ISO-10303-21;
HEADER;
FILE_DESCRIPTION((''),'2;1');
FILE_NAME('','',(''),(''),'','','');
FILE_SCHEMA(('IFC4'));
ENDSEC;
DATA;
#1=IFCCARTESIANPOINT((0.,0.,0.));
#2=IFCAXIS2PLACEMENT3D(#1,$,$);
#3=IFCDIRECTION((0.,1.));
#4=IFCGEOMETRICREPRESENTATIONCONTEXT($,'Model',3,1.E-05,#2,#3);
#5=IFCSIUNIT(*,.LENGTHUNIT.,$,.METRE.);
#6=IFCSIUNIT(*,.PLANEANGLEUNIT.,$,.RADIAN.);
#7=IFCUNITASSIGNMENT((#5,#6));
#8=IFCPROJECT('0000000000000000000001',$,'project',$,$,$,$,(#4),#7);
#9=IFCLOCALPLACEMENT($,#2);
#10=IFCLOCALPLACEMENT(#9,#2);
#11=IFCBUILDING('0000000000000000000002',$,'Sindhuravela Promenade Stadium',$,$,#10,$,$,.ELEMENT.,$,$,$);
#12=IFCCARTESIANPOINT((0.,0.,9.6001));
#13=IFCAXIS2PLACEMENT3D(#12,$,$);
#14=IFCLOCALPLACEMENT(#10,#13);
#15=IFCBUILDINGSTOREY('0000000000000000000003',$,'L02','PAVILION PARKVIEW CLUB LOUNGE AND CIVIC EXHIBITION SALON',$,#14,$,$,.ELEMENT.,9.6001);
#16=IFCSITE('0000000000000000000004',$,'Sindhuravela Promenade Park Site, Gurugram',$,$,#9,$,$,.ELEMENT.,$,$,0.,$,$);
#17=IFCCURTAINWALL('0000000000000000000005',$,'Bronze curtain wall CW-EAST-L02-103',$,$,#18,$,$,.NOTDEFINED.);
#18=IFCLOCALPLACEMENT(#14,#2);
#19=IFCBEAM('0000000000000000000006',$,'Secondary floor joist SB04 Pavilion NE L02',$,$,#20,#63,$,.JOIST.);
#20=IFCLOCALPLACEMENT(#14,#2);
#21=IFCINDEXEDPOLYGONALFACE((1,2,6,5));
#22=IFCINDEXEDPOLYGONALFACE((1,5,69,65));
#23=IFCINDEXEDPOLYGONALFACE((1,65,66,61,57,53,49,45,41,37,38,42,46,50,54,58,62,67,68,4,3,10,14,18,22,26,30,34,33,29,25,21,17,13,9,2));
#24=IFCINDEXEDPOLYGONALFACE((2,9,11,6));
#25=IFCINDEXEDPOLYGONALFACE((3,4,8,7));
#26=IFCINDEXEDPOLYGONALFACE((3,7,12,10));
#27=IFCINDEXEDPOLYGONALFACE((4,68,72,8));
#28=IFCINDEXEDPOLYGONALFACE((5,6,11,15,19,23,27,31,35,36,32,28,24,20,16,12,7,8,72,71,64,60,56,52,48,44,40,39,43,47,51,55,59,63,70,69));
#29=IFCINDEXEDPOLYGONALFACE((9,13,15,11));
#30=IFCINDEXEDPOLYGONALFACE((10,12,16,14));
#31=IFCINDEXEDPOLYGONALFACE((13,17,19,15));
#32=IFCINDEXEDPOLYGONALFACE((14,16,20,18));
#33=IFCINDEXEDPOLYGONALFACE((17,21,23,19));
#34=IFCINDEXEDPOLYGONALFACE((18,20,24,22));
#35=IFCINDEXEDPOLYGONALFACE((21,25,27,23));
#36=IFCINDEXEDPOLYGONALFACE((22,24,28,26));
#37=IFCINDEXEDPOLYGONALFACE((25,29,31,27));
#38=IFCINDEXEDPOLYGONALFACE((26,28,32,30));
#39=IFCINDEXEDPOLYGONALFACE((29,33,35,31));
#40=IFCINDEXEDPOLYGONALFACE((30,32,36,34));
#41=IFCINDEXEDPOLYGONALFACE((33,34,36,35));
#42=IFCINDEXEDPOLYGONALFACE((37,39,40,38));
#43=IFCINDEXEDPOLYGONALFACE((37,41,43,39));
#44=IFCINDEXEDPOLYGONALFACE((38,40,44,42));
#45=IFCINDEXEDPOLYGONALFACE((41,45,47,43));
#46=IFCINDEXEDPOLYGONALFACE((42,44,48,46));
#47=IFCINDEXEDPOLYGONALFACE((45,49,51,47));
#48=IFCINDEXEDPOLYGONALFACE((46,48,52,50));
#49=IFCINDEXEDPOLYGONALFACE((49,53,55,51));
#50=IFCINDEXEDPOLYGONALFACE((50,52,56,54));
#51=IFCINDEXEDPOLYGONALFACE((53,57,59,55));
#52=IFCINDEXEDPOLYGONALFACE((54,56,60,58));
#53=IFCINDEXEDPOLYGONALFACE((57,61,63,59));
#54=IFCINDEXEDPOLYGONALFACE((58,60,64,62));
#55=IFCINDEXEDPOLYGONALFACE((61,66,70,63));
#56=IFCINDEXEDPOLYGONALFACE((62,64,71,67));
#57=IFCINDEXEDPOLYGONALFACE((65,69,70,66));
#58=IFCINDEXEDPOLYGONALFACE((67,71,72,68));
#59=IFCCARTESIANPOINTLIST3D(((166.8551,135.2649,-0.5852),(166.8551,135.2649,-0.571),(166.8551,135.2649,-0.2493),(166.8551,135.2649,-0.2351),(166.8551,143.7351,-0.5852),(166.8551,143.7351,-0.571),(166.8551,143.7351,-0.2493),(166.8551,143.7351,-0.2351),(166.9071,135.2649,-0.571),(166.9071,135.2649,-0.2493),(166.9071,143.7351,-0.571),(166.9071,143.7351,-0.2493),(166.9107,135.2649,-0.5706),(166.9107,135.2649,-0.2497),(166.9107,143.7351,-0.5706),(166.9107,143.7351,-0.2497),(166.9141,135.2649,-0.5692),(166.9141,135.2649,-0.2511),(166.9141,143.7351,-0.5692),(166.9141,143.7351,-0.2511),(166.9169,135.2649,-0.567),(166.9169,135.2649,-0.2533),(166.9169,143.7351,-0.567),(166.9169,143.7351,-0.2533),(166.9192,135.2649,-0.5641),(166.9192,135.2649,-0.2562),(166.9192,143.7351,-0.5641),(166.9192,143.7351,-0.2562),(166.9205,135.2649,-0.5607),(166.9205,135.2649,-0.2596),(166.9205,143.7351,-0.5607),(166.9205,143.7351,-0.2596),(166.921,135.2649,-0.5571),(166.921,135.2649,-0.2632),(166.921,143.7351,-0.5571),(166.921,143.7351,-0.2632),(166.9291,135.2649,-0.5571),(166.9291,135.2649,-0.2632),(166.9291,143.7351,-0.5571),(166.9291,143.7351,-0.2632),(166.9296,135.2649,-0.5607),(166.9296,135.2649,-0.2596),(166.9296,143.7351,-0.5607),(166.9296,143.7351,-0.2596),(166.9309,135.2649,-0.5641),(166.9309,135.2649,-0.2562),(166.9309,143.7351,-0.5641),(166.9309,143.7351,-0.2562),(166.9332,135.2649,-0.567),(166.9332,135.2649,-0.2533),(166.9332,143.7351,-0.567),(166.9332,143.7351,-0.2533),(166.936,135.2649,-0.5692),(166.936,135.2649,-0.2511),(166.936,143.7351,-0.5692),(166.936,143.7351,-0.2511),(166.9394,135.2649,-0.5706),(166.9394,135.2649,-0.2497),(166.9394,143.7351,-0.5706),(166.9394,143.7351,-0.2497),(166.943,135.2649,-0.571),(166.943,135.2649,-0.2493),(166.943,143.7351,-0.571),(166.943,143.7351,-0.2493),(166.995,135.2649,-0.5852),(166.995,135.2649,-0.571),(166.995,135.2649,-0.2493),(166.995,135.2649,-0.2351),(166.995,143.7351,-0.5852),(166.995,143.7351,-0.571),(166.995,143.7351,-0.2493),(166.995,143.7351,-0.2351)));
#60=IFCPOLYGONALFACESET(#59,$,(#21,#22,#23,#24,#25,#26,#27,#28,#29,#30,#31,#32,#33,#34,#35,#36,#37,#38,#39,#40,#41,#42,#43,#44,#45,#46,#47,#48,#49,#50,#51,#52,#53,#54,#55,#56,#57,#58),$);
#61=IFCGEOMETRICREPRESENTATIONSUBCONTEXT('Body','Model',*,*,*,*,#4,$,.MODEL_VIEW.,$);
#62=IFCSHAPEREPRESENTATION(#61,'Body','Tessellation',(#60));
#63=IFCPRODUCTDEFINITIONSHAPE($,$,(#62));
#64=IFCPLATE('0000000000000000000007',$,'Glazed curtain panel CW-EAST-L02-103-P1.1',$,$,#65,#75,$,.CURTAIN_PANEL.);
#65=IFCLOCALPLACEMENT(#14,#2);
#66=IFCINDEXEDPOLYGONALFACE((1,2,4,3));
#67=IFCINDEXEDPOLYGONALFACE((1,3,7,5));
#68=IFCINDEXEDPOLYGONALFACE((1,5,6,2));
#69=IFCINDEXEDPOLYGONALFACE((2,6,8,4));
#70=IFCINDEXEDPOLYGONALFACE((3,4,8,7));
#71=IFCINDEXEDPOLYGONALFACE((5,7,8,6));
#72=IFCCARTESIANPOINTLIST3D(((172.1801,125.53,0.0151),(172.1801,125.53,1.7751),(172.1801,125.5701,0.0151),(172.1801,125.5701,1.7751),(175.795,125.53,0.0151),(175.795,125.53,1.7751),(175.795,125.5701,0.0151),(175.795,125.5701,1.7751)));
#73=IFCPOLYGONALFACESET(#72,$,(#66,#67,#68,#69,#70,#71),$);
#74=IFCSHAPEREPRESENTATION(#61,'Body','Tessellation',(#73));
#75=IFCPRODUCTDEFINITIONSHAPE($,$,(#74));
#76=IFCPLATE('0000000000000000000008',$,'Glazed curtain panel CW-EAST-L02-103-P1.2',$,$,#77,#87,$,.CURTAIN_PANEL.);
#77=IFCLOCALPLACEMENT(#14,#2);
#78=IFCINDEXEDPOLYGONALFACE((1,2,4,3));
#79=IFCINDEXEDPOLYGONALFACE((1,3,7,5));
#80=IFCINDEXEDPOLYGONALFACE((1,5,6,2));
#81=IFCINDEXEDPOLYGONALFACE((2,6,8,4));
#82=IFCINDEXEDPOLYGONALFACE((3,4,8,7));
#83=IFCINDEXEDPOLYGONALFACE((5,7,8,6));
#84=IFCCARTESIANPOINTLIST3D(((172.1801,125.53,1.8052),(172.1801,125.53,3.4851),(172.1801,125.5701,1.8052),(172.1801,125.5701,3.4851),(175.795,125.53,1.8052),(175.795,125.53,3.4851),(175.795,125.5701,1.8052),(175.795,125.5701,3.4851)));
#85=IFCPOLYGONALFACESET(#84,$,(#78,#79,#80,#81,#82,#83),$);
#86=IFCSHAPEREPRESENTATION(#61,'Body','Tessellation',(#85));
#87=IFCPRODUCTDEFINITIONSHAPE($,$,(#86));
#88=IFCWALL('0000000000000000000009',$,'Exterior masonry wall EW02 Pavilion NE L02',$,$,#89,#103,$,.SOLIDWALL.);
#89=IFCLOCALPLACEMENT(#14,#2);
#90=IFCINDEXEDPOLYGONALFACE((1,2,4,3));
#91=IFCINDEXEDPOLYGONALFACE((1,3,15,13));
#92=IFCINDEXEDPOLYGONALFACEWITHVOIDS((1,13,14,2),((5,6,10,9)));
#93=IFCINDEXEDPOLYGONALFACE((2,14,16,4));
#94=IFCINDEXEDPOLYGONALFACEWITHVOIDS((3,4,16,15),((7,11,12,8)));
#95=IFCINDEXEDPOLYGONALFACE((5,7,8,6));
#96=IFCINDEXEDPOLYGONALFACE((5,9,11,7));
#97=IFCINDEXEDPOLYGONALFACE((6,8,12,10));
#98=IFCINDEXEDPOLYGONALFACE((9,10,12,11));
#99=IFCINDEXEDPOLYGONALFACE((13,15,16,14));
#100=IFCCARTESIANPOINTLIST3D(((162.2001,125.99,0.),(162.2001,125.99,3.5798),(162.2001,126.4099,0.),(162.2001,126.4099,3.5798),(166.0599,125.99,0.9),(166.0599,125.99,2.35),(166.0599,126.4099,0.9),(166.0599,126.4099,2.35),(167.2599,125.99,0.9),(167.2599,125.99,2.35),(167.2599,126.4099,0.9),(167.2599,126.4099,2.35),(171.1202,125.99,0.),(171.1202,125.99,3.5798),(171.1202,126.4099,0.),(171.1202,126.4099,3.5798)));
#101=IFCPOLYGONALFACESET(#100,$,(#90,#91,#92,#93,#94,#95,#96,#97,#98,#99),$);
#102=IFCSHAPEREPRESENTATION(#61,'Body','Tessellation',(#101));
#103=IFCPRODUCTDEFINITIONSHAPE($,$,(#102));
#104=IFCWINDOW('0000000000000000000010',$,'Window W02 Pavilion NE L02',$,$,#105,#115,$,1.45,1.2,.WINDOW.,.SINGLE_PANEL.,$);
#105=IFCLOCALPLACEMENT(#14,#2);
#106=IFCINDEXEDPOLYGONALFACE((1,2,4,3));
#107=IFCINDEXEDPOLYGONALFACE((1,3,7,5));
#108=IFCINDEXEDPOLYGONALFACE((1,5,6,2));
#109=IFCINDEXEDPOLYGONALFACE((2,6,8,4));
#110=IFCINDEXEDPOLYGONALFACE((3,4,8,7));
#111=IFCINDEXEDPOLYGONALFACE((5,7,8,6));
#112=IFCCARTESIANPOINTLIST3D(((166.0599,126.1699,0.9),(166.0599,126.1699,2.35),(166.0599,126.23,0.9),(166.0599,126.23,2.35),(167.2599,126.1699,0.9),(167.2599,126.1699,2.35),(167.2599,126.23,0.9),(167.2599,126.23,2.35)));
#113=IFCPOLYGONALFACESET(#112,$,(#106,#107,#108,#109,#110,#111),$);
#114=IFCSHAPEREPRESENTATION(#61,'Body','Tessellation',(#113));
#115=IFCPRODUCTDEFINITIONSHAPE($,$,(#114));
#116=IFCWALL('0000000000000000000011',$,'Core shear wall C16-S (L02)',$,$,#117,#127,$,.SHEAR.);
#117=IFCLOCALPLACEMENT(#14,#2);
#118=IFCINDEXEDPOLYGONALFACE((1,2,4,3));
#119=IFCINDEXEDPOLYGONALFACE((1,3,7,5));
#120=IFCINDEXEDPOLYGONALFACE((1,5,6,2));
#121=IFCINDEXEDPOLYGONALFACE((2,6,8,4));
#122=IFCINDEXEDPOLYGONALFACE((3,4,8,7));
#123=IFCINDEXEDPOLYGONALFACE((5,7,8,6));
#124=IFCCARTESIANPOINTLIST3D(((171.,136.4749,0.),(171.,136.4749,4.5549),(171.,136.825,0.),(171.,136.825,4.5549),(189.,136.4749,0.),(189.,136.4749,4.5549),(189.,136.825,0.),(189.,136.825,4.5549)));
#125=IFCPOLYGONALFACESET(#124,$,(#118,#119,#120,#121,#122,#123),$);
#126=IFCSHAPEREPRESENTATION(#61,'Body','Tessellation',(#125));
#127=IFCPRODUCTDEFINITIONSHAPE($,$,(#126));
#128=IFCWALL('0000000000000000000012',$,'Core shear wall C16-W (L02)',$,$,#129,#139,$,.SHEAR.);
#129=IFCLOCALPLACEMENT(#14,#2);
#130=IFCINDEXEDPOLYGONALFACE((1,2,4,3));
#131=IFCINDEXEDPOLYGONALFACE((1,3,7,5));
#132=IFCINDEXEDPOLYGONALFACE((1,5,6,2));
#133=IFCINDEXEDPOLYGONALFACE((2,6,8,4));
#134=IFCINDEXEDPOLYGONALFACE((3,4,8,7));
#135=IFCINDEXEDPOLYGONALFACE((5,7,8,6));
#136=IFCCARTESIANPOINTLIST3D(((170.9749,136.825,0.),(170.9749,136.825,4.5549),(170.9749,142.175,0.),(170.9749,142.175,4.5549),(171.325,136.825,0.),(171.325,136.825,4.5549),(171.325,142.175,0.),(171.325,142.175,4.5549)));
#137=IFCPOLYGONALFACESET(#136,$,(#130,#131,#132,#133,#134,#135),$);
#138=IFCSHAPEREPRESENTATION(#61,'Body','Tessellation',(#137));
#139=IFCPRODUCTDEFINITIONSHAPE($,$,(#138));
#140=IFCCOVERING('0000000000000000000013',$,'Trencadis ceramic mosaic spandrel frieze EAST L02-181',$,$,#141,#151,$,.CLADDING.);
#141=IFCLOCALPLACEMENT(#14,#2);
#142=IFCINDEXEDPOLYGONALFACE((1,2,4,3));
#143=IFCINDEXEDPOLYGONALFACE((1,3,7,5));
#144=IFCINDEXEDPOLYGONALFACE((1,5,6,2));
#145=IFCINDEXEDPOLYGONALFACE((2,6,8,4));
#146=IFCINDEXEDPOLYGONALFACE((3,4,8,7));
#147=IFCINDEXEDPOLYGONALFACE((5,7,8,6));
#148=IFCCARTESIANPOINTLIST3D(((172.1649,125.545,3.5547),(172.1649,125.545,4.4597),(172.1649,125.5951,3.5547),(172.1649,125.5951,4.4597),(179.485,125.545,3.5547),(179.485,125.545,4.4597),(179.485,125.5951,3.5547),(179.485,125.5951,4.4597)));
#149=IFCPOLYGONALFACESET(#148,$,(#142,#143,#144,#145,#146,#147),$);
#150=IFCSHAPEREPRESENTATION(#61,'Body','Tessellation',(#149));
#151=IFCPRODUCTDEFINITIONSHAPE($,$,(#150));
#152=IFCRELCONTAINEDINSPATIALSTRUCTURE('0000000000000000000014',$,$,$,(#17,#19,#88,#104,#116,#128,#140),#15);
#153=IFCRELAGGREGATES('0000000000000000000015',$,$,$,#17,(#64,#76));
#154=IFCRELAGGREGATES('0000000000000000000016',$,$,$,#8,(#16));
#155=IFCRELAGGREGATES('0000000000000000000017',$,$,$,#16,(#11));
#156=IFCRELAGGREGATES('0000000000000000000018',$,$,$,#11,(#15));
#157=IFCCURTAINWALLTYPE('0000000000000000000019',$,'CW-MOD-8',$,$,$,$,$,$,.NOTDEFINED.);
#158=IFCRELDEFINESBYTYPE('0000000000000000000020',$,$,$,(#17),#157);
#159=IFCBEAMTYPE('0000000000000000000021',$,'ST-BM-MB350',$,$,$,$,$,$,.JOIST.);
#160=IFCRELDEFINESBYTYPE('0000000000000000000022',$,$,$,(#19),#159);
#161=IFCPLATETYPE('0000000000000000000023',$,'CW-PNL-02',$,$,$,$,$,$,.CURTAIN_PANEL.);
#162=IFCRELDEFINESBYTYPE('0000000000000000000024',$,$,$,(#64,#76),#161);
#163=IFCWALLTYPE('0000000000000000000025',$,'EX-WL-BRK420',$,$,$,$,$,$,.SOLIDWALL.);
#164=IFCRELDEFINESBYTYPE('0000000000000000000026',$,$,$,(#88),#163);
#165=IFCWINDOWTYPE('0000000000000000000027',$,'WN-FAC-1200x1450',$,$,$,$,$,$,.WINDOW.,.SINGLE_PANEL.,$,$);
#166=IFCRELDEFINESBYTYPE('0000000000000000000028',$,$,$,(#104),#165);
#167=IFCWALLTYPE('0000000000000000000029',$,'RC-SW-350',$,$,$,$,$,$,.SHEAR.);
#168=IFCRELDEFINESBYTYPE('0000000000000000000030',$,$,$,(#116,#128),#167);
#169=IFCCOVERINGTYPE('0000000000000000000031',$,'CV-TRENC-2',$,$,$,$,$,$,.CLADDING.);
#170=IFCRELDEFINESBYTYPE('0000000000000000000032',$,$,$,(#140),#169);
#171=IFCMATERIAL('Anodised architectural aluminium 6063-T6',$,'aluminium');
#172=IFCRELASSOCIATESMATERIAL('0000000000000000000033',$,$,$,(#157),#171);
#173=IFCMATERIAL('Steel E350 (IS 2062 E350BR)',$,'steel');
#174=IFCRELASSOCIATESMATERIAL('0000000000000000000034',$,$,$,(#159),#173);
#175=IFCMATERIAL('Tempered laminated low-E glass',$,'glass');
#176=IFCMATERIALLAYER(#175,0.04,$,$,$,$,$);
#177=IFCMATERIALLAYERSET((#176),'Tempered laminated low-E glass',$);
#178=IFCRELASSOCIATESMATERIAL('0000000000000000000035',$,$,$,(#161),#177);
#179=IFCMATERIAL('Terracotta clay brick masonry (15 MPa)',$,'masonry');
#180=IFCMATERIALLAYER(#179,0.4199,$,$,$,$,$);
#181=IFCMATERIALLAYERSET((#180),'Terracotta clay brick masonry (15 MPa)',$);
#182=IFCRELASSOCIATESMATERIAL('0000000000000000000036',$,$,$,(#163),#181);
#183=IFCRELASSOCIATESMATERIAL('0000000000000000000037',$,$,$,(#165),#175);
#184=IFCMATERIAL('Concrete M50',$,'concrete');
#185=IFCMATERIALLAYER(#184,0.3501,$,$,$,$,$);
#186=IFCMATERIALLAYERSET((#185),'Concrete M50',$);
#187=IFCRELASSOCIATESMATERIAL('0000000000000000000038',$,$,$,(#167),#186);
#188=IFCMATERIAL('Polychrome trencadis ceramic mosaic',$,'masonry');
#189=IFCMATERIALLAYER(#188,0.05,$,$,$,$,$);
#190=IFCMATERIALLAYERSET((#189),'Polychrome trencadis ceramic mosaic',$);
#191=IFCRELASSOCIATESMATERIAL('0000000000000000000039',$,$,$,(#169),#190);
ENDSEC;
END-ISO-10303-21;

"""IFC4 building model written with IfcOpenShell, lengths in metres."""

from ifc_helpers import new_model, si_unit, direction, frame, frame_2d, origin, origin_2d, place, context, subcontext, project, spatial, rectangle, i_section, extrude, material, layer, layer_set, material_profile, profile_set, type_object, element, fill, aggregate, save


model = new_model("IFC4")

# Units and contexts
model_context = context("Model", 3, precision=1e-05, world=origin(), true_north=direction((0.0, 1.0)))
body_context = subcontext(model_context, "Body", "Model", "MODEL_VIEW")
ifc_project = project(units=[si_unit("LENGTHUNIT", "METRE"), si_unit("PLANEANGLEUNIT", "RADIAN")], contexts=[model_context])

# Site, building, storey
site_placement = place(None, origin())
site = spatial("IfcSite", under=ifc_project, at=site_placement, Name="Sindhuravela Promenade Park Site, Gurugram", CompositionType="ELEMENT", RefElevation=0.0)
building_placement = place(site_placement, origin())
building = spatial("IfcBuilding", under=site, at=building_placement, Name="Sindhuravela Promenade Stadium", CompositionType="ELEMENT")
storey_placement = place(building_placement, frame((0.0, 0.0, 9.6001)))
storey = spatial("IfcBuildingStorey", under=building, at=storey_placement, Name="L02", Description="PAVILION PARKVIEW CLUB LOUNGE AND CIVIC EXHIBITION SALON", CompositionType="ELEMENT", Elevation=9.6001)

# Curtain wall
ifc_material_1 = material(Name="Anodised architectural aluminium 6063-T6", Category="aluminium")
curtain_wall_type = type_object("IfcCurtainWallType", Name="CW-MOD-8", PredefinedType="NOTDEFINED", material=ifc_material_1)
curtain_wall_placement = place(storey_placement, origin())
curtain_wall = element("IfcCurtainWall", 1, at=curtain_wall_placement, inside=storey, type_object=curtain_wall_type, Name="Bronze curtain wall CW-EAST-L02-103", PredefinedType="NOTDEFINED")

# Beam
ifc_material_2 = material(Name="Steel E350 (IS 2062 E350BR)", Category="steel")
ifc_material_profile_1 = material_profile(ifc_material_2, i_section(OverallWidth=0.1399, OverallDepth=0.3501, WebThickness=0.0081, FlangeThickness=0.0142, FilletRadius=0.0139, at=origin_2d()), Name="ISMB 350")
ifc_profile_set_1 = profile_set([ifc_material_profile_1], Name="Steel E350 (IS 2062 E350BR)")
beam_type_1 = type_object("IfcBeamType", Name="ST-BM-MB350", PredefinedType="JOIST", material=ifc_profile_set_1)
beam_1_placement = place(storey_placement, frame((166.925, 135.2649, -0.4102), z_axis=(0.0, 1.0, 0.0), x_axis=(-1.0, 0.0, 0.0)))
element("IfcBeam", 2, at=beam_1_placement, inside=storey, type_object=beam_type_1, Name="Secondary floor joist SB04 Pavilion NE L02", PredefinedType="JOIST", context=body_context, shape_type="SweptSolid", body=[
    extrude(i_section(OverallWidth=0.1399, OverallDepth=0.3501, WebThickness=0.0081, FlangeThickness=0.0142, FilletRadius=0.0139, at=origin_2d()), origin(), (0.0, 0.0, 1.0), 8.4702),
])

# Plates
ifc_material_3 = material(Name="Tempered laminated low-E glass", Category="glass")
ifc_layer_1 = layer(ifc_material_3, 0.04)
ifc_layer_set_1 = layer_set([ifc_layer_1], Name="Tempered laminated low-E glass")
plate_type = type_object("IfcPlateType", Name="CW-PNL-02", PredefinedType="CURTAIN_PANEL", material=ifc_layer_set_1)
plate_1_placement = place(storey_placement, frame((173.9875, 125.55, 0.0151), z_axis=(0.0, 0.0, 1.0), x_axis=(1.0, 0.0, 0.0)))
plate_1 = element("IfcPlate", 3, at=plate_1_placement, type_object=plate_type, Name="Glazed curtain panel CW-EAST-L02-103-P1.1", PredefinedType="CURTAIN_PANEL", context=body_context, shape_type="SweptSolid", body=[
    extrude(rectangle(XDim=3.615, YDim=0.04, at=origin_2d()), origin(), (0.0, 0.0, 1.0), 1.76),
])
plate_2_placement = place(storey_placement, frame((173.9875, 125.55, 1.8052), z_axis=(0.0, 0.0, 1.0), x_axis=(1.0, 0.0, 0.0)))
plate_2 = element("IfcPlate", 4, at=plate_2_placement, type_object=plate_type, Name="Glazed curtain panel CW-EAST-L02-103-P1.2", PredefinedType="CURTAIN_PANEL", context=body_context, shape_type="SweptSolid", body=[
    extrude(rectangle(XDim=3.615, YDim=0.04, at=origin_2d()), origin(), (0.0, 0.0, 1.0), 1.6799),
])
aggregate(curtain_wall, [plate_1, plate_2])

# Wall, opening, window
ifc_material_4 = material(Name="Terracotta clay brick masonry (15 MPa)", Category="masonry")
ifc_layer_2 = layer(ifc_material_4, 0.4199)
ifc_layer_set_2 = layer_set([ifc_layer_2], Name="Terracotta clay brick masonry (15 MPa)")
wall_type_1 = type_object("IfcWallType", Name="EX-WL-BRK420", PredefinedType="SOLIDWALL", material=ifc_layer_set_2)
wall_1_placement = place(storey_placement, frame((171.1201, 126.2, 0.0), z_axis=(0.0, 0.0, 1.0), x_axis=(-1.0, 0.0, 0.0)))
wall_1 = element("IfcWall", 5, at=wall_1_placement, inside=storey, type_object=wall_type_1, Name="Exterior masonry wall EW02 Pavilion NE L02", PredefinedType="SOLIDWALL", context=body_context, shape_type="SweptSolid", body=[
    extrude(rectangle(XDim=8.9202, YDim=0.4199, at=frame_2d((4.46, 0.0))), origin(), (0.0, 0.0, 1.0), 3.5798),
])
opening_placement = place(wall_1_placement, frame((3.8601, 0.0, 0.8999)))
opening = element("IfcOpeningElement", 6, at=opening_placement, cuts=wall_1, PredefinedType="OPENING", context=body_context, shape_type="SweptSolid", body=[
    extrude(rectangle(XDim=1.2, YDim=1.45, at=frame_2d((0.6001, 0.7251))), frame((0.0, 0.22, 0.0), z_axis=(0.0, -1.0, 0.0), x_axis=(1.0, 0.0, 0.0)), (0.0, 0.0, 1.0), 0.4399),
])
window_type = type_object("IfcWindowType", Name="WN-FAC-1200x1450", PartitioningType="SINGLE_PANEL", PredefinedType="WINDOW", material=ifc_material_3)
window_placement = place(opening_placement, origin())
window = element("IfcWindow", 7, at=window_placement, inside=storey, type_object=window_type, Name="Window W02 Pavilion NE L02", OverallHeight=1.45, OverallWidth=1.2, PartitioningType="SINGLE_PANEL", PredefinedType="WINDOW", context=body_context, shape_type="SweptSolid", body=[
    extrude(rectangle(XDim=1.2, YDim=1.45, at=frame_2d((0.6001, 0.7251))), frame((0.0, 0.03, 0.0), z_axis=(0.0, -1.0, 0.0), x_axis=(1.0, 0.0, 0.0)), (0.0, 0.0, 1.0), 0.0601),
])
fill(opening, window)

# Walls
ifc_material_5 = material(Name="Concrete M50", Category="concrete")
ifc_layer_3 = layer(ifc_material_5, 0.3501)
ifc_layer_set_3 = layer_set([ifc_layer_3], Name="Concrete M50")
wall_type_2 = type_object("IfcWallType", Name="RC-SW-350", PredefinedType="SHEAR", material=ifc_layer_set_3)
wall_2_placement = place(storey_placement, frame((171.0, 136.6499, 0.0), z_axis=(0.0, 0.0, 1.0), x_axis=(1.0, 0.0, 0.0)))
element("IfcWall", 8, at=wall_2_placement, inside=storey, type_object=wall_type_2, Name="Core shear wall C16-S (L02)", PredefinedType="SHEAR", context=body_context, shape_type="SweptSolid", body=[
    extrude(rectangle(XDim=18.0, YDim=0.3501, at=frame_2d((9.0, 0.0))), origin(), (0.0, 0.0, 1.0), 4.5549),
])
wall_3_placement = place(storey_placement, frame((171.1499, 142.175, 0.0), z_axis=(0.0, 0.0, 1.0), x_axis=(0.0, -1.0, 0.0)))
element("IfcWall", 9, at=wall_3_placement, inside=storey, type_object=wall_type_2, Name="Core shear wall C16-W (L02)", PredefinedType="SHEAR", context=body_context, shape_type="SweptSolid", body=[
    extrude(rectangle(XDim=5.3501, YDim=0.3501, at=frame_2d((2.675, 0.0))), origin(), (0.0, 0.0, 1.0), 4.5549),
])

# Covering
ifc_material_6 = material(Name="Polychrome trencadis ceramic mosaic", Category="masonry")
ifc_layer_4 = layer(ifc_material_6, 0.05)
ifc_layer_set_4 = layer_set([ifc_layer_4], Name="Polychrome trencadis ceramic mosaic")
covering_type = type_object("IfcCoveringType", Name="CV-TRENC-2", PredefinedType="CLADDING", material=ifc_layer_set_4)
covering_placement = place(storey_placement, frame((175.825, 125.5701, 3.5547), z_axis=(0.0, 0.0, 1.0), x_axis=(1.0, 0.0, 0.0)))
element("IfcCovering", 10, at=covering_placement, inside=storey, type_object=covering_type, Name="Trencadis ceramic mosaic spandrel frieze EAST L02-181", PredefinedType="CLADDING", context=body_context, shape_type="SweptSolid", body=[
    extrude(rectangle(XDim=7.3201, YDim=0.05, at=origin_2d()), origin(), (0.0, 0.0, 1.0), 0.905),
])

save(model, "model.ifc")
